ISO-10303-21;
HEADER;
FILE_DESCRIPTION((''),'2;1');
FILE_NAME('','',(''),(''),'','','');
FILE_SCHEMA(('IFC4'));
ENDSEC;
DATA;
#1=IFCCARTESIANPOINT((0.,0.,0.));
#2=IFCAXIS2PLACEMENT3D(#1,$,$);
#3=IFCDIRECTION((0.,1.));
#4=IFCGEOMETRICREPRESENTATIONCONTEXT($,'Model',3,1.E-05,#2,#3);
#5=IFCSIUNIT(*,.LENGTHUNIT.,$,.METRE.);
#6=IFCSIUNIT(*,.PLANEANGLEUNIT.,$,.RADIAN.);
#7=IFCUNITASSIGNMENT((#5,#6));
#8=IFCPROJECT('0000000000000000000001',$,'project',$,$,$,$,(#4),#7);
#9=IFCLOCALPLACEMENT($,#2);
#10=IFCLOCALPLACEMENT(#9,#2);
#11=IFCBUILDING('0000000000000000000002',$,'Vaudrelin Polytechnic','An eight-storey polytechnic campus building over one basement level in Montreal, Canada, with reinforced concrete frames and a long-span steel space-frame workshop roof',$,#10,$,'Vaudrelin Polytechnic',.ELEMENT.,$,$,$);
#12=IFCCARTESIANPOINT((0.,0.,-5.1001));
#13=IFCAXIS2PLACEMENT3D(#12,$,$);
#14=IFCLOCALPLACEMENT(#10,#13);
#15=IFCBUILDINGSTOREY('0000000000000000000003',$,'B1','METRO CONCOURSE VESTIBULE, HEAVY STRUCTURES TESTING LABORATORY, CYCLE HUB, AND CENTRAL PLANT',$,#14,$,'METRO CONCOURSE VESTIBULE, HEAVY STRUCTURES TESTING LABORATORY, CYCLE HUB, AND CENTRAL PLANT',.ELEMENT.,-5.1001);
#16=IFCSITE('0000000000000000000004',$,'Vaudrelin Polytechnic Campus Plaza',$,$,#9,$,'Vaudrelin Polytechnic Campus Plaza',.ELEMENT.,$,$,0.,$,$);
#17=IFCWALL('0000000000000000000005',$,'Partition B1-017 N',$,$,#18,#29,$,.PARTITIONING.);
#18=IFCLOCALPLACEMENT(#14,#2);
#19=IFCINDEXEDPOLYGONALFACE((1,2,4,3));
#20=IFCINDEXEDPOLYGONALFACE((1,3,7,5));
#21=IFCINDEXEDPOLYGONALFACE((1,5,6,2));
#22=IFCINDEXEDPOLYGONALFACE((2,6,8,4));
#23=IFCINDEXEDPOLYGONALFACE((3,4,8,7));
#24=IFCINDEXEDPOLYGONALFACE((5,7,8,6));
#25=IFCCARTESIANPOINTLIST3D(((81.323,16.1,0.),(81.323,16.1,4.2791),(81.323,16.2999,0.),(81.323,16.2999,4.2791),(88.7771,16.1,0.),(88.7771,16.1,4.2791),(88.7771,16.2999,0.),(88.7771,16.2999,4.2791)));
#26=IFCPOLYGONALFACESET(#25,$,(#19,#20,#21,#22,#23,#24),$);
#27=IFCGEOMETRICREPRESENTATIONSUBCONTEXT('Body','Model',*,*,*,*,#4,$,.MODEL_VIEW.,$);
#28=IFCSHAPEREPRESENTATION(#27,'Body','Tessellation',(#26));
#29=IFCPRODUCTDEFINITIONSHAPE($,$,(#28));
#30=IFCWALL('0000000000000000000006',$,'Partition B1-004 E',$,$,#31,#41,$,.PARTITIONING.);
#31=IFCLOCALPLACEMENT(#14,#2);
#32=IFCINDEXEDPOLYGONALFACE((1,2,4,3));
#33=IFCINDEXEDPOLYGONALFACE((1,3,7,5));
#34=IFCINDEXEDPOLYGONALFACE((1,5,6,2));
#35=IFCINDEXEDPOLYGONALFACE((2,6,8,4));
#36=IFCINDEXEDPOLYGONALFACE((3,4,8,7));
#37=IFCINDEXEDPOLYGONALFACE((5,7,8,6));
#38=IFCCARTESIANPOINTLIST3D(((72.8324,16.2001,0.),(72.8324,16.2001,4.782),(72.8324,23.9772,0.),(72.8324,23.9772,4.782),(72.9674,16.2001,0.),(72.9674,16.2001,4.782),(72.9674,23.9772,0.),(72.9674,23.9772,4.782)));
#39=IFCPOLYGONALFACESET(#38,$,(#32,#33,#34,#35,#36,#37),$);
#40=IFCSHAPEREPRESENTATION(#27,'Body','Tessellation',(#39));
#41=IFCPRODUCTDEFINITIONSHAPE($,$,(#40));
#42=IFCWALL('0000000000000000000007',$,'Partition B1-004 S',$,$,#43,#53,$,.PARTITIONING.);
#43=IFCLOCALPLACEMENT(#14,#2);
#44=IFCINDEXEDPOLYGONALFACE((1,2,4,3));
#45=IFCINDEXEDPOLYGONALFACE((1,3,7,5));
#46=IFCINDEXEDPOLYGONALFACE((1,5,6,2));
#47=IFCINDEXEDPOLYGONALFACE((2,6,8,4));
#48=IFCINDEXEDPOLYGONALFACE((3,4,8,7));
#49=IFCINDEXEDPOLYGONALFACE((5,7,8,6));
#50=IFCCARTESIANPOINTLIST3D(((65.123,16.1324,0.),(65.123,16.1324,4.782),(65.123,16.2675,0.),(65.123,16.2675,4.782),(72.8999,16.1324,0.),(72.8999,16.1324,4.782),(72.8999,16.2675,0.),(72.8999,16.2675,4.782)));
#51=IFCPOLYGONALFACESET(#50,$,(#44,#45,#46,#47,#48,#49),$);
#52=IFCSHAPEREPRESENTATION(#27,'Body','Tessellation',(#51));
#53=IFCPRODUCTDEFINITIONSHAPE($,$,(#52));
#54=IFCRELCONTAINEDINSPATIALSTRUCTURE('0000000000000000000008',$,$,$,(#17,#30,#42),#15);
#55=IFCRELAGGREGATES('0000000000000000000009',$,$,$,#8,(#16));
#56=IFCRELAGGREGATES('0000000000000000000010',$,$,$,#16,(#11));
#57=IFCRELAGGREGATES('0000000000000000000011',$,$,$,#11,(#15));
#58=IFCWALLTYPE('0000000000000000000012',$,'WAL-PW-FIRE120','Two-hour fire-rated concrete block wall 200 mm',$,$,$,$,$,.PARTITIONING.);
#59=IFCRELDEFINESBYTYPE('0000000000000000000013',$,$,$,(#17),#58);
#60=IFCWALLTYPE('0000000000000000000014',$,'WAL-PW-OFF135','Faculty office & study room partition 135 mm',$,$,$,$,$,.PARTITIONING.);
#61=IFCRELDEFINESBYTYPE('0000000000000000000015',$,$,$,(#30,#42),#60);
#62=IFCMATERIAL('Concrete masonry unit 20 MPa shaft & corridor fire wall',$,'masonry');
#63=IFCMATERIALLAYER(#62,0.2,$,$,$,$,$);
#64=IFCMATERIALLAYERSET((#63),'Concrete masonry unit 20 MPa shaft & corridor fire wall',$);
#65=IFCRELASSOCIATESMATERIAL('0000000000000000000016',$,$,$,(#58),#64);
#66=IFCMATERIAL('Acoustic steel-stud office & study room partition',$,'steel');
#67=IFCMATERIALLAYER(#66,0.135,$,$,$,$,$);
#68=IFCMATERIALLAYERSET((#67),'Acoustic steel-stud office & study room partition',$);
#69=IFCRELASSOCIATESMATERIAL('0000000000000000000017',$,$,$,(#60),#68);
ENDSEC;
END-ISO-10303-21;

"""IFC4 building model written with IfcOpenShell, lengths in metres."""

from ifc_helpers import new_model, si_unit, direction, frame, frame_2d, origin, place, context, subcontext, project, spatial, rectangle, extrude, material, layer, layer_set, type_object, element, save


model = new_model("IFC4")

# Units and contexts
model_context = context("Model", 3, precision=1e-05, world=origin(), true_north=direction((0.0, 1.0)))
body_context = subcontext(model_context, "Body", "Model", "MODEL_VIEW")
ifc_project = project(units=[si_unit("LENGTHUNIT", "METRE"), si_unit("PLANEANGLEUNIT", "RADIAN")], contexts=[model_context])

# Site, building, storey
site_placement = place(None, origin())
site = spatial("IfcSite", under=ifc_project, at=site_placement, Name="Vaudrelin Polytechnic Campus Plaza", LongName="Vaudrelin Polytechnic Campus Plaza", CompositionType="ELEMENT", RefElevation=0.0)
building_placement = place(site_placement, origin())
building = spatial("IfcBuilding", under=site, at=building_placement, Name="Vaudrelin Polytechnic", Description="An eight-storey polytechnic campus building over one basement level in Montreal, Canada, with reinforced concrete frames and a long-span steel space-frame workshop roof", LongName="Vaudrelin Polytechnic", CompositionType="ELEMENT")
storey_placement = place(building_placement, frame((0.0, 0.0, -5.1001)))
storey = spatial("IfcBuildingStorey", under=building, at=storey_placement, Name="B1", Description="METRO CONCOURSE VESTIBULE, HEAVY STRUCTURES TESTING LABORATORY, CYCLE HUB, AND CENTRAL PLANT", LongName="METRO CONCOURSE VESTIBULE, HEAVY STRUCTURES TESTING LABORATORY, CYCLE HUB, AND CENTRAL PLANT", CompositionType="ELEMENT", Elevation=-5.1001)

# Shared definitions
ifc_material_1 = material(Name="Concrete masonry unit 20 MPa shaft & corridor fire wall", Category="masonry")
ifc_layer_1 = layer(ifc_material_1, 0.2)
ifc_layer_set_1 = layer_set([ifc_layer_1], Name="Concrete masonry unit 20 MPa shaft & corridor fire wall")
wall_type_1 = type_object("IfcWallType", Name="WAL-PW-FIRE120", Description="Two-hour fire-rated concrete block wall 200 mm", PredefinedType="PARTITIONING", material=ifc_layer_set_1)

# Walls
wall_1_placement = place(storey_placement, frame((81.323, 16.2, 0.0), z_axis=(0.0, 0.0, 1.0), x_axis=(1.0, 0.0, 0.0)))
element("IfcWall", 1, at=wall_1_placement, inside=storey, type_object=wall_type_1, Name="Partition B1-017 N", PredefinedType="PARTITIONING", context=body_context, shape_type="SweptSolid", body=[
    extrude(rectangle(XDim=7.4541, YDim=0.2, at=frame_2d((3.7271, 0.0))), origin(), (0.0, 0.0, 1.0), 4.2791),
])
ifc_material_2 = material(Name="Acoustic steel-stud office & study room partition", Category="steel")
ifc_layer_2 = layer(ifc_material_2, 0.135)
ifc_layer_set_2 = layer_set([ifc_layer_2], Name="Acoustic steel-stud office & study room partition")
wall_type_2 = type_object("IfcWallType", Name="WAL-PW-OFF135", Description="Faculty office & study room partition 135 mm", PredefinedType="PARTITIONING", material=ifc_layer_set_2)
wall_2_placement = place(storey_placement, frame((72.8999, 16.2, 0.0), z_axis=(0.0, 0.0, 1.0), x_axis=(0.0, 1.0, 0.0)))
element("IfcWall", 2, at=wall_2_placement, inside=storey, type_object=wall_type_2, Name="Partition B1-004 E", PredefinedType="PARTITIONING", context=body_context, shape_type="SweptSolid", body=[
    extrude(rectangle(XDim=7.7771, YDim=0.135, at=frame_2d((3.8887, 0.0))), origin(), (0.0, 0.0, 1.0), 4.782),
])
wall_3_placement = place(storey_placement, frame((65.123, 16.2, 0.0), z_axis=(0.0, 0.0, 1.0), x_axis=(1.0, 0.0, 0.0)))
element("IfcWall", 3, at=wall_3_placement, inside=storey, type_object=wall_type_2, Name="Partition B1-004 S", PredefinedType="PARTITIONING", context=body_context, shape_type="SweptSolid", body=[
    extrude(rectangle(XDim=7.7769, YDim=0.135, at=frame_2d((3.8884, 0.0))), origin(), (0.0, 0.0, 1.0), 4.782),
])

save(model, "model.ifc")
